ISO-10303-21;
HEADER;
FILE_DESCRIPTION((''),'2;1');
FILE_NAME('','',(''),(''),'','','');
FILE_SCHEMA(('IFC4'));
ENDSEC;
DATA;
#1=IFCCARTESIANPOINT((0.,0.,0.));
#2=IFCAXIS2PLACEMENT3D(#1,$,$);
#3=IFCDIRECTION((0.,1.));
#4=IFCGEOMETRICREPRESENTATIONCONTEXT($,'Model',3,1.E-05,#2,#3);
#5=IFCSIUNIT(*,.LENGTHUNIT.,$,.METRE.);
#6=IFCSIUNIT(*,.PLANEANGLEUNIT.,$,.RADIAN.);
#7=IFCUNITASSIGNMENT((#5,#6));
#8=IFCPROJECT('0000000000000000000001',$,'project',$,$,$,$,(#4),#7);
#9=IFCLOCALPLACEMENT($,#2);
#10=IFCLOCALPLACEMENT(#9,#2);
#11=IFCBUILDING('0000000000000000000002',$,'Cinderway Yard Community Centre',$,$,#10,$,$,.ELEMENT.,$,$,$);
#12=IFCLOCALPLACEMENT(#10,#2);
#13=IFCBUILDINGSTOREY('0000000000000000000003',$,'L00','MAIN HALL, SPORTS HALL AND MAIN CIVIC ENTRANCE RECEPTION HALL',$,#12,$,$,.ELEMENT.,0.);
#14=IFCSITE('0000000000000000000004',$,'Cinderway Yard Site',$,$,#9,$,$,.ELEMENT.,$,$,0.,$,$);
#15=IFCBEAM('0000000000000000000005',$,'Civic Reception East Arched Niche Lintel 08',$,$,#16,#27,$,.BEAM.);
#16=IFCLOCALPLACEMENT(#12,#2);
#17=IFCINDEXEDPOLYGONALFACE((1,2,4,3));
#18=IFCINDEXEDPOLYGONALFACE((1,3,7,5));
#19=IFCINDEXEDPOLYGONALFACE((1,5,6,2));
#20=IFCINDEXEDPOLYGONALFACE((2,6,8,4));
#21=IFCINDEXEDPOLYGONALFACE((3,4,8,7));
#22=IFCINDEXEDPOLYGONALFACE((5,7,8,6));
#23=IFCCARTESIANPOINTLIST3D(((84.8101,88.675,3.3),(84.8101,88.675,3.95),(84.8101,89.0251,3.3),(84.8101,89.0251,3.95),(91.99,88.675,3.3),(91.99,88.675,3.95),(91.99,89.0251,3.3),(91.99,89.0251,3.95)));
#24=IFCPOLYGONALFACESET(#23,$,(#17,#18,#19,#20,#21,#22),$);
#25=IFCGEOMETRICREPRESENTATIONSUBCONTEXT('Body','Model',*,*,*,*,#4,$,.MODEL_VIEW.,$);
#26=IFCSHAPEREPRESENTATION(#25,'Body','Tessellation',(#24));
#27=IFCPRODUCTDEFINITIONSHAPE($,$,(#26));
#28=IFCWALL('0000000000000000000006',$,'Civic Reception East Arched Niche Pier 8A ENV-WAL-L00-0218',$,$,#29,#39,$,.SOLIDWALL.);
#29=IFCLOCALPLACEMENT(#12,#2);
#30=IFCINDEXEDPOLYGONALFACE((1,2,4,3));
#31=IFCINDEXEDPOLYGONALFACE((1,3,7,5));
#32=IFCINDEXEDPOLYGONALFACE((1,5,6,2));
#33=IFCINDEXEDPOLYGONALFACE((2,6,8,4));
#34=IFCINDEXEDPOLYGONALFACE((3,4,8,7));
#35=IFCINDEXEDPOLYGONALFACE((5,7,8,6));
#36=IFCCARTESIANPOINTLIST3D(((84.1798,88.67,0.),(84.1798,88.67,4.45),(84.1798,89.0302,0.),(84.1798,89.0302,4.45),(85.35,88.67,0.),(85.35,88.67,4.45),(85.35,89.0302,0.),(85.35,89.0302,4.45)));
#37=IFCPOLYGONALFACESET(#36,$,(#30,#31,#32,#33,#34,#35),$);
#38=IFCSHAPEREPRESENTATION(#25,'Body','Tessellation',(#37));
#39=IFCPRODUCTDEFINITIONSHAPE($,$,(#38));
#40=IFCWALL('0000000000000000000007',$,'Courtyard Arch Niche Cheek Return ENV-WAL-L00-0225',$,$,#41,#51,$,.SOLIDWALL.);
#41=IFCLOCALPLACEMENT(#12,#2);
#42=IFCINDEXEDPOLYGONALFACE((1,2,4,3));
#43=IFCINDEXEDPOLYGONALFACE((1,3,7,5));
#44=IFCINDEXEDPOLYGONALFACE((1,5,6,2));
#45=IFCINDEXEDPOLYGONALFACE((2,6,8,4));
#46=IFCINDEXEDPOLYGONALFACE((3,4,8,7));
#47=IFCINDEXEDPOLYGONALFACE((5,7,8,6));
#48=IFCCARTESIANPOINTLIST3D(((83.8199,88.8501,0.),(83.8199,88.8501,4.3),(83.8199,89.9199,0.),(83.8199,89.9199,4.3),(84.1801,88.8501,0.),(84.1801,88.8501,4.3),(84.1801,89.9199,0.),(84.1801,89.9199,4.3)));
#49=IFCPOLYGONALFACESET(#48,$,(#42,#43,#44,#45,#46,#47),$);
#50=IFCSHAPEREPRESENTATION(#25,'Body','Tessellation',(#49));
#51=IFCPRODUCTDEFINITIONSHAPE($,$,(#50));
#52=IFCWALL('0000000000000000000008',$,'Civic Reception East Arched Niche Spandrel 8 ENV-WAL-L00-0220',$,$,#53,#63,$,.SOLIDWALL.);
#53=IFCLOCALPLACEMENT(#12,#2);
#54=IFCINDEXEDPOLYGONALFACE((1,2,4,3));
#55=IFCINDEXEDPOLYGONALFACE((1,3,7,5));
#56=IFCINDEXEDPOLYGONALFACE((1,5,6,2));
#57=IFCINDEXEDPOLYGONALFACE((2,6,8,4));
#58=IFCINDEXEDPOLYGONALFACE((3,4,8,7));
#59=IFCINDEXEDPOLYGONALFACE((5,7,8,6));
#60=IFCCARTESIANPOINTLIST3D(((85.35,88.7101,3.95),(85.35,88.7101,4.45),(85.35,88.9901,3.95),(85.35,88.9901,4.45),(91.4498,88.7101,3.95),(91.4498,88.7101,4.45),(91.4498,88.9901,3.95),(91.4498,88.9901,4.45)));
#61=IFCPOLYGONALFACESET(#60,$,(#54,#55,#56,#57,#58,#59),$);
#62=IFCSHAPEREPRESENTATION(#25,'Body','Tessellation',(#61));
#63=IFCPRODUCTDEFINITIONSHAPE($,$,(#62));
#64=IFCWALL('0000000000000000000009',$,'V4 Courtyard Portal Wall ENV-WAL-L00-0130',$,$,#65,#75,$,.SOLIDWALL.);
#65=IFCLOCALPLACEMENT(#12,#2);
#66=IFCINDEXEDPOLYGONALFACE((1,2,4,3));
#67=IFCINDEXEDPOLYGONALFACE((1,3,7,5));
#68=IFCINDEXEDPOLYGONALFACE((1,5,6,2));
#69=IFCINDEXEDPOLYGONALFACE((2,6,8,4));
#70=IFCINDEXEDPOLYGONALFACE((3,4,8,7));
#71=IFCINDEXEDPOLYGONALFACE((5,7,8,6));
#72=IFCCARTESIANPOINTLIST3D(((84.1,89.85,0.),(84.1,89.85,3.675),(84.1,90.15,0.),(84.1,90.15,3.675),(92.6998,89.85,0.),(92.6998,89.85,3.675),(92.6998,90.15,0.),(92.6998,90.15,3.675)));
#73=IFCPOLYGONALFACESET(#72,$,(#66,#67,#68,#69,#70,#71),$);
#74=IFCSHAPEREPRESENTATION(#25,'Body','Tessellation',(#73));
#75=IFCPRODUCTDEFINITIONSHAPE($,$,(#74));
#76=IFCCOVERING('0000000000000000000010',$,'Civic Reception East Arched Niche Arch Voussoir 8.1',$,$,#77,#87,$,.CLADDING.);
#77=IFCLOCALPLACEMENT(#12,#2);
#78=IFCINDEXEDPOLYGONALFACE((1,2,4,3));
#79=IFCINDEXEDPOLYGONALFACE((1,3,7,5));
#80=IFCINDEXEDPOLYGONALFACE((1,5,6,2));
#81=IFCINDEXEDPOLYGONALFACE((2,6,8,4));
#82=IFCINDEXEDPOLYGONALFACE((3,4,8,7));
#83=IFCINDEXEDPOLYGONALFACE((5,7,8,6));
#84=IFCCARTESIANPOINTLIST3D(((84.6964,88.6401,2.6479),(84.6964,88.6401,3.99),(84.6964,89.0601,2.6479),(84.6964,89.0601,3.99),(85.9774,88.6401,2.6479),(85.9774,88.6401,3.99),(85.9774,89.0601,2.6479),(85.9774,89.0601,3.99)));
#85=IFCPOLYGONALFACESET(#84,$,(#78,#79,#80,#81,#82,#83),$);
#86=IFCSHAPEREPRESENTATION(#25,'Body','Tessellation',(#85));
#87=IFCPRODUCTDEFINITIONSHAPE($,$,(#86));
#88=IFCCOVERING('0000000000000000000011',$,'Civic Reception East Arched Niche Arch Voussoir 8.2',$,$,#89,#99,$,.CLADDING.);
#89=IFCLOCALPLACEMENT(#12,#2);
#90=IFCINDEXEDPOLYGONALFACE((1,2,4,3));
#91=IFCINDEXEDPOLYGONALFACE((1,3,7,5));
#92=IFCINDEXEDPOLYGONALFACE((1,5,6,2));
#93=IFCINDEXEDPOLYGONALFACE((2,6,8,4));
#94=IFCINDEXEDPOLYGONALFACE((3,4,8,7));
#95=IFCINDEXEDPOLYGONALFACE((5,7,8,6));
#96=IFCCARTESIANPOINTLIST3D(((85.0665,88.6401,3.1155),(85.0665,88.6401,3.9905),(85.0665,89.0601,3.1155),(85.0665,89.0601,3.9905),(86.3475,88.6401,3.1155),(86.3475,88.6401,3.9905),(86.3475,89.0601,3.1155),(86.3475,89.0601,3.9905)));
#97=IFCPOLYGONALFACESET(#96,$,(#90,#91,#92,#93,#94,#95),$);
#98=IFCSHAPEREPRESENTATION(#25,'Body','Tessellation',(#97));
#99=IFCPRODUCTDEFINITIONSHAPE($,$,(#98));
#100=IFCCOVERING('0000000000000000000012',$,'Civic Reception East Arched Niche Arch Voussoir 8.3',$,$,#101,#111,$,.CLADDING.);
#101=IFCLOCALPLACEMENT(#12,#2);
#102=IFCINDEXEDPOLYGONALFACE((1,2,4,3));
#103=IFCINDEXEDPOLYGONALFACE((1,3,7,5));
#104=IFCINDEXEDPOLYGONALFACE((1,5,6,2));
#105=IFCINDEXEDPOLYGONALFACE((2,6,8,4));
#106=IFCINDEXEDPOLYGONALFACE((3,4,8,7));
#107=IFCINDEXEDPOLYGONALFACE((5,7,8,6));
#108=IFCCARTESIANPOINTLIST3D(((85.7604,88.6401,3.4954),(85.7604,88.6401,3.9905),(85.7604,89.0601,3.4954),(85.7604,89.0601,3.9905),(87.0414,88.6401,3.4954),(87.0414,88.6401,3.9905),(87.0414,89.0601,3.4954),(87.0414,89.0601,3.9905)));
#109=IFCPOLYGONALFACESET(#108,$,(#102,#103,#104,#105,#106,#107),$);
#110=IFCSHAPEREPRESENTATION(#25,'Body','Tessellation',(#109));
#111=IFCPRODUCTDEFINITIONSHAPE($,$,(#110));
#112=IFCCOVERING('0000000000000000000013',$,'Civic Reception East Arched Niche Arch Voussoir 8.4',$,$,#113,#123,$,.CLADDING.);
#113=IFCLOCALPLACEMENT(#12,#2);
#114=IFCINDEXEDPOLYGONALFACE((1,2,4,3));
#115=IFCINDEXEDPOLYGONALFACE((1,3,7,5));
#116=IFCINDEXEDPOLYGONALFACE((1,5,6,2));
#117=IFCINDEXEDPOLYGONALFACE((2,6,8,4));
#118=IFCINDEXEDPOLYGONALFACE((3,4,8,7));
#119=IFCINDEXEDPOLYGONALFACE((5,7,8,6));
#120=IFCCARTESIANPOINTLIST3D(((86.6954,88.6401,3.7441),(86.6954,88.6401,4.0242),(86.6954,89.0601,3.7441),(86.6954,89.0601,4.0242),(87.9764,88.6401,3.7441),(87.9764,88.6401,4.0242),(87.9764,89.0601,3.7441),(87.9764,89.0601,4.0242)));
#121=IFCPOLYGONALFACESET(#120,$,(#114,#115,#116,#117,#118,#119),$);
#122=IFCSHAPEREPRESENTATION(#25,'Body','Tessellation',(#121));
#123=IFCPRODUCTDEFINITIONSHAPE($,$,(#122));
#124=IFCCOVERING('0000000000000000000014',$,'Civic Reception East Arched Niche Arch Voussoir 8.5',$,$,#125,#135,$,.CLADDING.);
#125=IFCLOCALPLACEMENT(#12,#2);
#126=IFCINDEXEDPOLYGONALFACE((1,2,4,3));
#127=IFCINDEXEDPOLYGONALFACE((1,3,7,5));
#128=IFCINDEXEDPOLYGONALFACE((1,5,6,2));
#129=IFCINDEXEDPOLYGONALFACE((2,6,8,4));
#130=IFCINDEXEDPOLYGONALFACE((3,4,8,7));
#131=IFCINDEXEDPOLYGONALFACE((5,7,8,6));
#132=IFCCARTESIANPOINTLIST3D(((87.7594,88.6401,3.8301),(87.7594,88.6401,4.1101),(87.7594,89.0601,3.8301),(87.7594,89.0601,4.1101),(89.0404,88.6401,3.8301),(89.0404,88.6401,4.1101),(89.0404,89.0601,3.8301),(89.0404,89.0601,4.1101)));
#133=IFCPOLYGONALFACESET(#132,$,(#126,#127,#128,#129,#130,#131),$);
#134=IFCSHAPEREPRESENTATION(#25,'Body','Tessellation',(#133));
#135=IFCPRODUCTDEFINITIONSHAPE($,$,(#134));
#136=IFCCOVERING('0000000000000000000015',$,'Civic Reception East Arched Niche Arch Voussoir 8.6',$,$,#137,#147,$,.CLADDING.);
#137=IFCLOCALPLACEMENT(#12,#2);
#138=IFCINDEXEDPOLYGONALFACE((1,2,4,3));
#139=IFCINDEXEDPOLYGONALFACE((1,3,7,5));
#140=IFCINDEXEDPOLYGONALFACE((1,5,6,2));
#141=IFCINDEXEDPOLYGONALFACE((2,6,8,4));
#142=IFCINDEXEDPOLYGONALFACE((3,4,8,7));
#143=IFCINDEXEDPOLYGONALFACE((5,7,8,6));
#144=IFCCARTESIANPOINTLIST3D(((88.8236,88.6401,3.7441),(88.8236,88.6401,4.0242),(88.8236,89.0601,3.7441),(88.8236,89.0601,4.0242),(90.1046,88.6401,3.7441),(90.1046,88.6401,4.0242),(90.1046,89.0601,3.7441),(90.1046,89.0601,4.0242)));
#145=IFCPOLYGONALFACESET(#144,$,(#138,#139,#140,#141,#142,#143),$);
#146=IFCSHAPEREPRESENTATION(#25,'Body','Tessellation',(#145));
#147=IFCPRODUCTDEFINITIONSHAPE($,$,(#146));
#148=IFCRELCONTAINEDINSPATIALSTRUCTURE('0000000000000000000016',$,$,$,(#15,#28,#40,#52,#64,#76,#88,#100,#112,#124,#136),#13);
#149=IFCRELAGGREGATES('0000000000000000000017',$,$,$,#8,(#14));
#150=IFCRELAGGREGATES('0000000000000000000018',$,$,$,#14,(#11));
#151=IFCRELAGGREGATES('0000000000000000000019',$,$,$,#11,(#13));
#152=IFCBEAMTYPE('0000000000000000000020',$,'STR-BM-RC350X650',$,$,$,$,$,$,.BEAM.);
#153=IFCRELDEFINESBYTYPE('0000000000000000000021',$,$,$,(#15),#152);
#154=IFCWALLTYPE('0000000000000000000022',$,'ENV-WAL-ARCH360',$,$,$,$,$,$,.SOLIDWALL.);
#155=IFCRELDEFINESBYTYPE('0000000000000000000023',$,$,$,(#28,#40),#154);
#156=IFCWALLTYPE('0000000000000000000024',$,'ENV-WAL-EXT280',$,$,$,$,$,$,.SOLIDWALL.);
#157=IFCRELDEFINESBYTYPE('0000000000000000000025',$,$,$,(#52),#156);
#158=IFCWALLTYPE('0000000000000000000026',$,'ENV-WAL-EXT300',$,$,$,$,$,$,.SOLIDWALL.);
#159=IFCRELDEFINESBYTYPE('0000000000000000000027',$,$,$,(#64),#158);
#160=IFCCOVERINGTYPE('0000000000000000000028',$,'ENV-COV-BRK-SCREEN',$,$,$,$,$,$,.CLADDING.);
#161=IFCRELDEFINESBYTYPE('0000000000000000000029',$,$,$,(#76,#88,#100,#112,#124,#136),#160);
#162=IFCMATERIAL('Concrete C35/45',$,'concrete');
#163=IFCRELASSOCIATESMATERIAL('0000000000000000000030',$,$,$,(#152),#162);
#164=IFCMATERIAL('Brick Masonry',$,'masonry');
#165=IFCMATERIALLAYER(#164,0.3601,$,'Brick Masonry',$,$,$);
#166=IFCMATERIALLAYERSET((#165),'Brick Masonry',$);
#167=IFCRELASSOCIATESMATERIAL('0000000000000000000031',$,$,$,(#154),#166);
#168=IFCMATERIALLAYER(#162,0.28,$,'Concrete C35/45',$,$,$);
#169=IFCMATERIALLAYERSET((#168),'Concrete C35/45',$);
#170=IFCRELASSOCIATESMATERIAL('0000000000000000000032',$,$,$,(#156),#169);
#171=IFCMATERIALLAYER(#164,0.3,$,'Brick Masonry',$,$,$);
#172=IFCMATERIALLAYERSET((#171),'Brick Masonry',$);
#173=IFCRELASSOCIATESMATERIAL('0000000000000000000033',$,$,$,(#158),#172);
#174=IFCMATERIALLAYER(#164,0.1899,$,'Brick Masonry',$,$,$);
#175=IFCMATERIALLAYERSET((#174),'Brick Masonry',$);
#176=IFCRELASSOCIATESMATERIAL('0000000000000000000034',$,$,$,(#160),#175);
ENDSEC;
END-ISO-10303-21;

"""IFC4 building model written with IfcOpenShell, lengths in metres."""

from ifc_helpers import new_model, si_unit, direction, frame, frame_2d, origin, origin_2d, place, context, subcontext, project, spatial, rectangle, extrude, material, layer, layer_set, material_profile, profile_set, type_object, element, save


model = new_model("IFC4")

# Units and contexts
model_context = context("Model", 3, precision=1e-05, world=origin(), true_north=direction((0.0, 1.0)))
body_context = subcontext(model_context, "Body", "Model", "MODEL_VIEW")
ifc_project = project(units=[si_unit("LENGTHUNIT", "METRE"), si_unit("PLANEANGLEUNIT", "RADIAN")], contexts=[model_context])

# Site, building, storey
site_placement = place(None, origin())
site = spatial("IfcSite", under=ifc_project, at=site_placement, Name="Cinderway Yard Site", CompositionType="ELEMENT", RefElevation=0.0)
building_placement = place(site_placement, origin())
building = spatial("IfcBuilding", under=site, at=building_placement, Name="Cinderway Yard Community Centre", CompositionType="ELEMENT")
storey_placement = place(building_placement, origin())
storey = spatial("IfcBuildingStorey", under=building, at=storey_placement, Name="L00", Description="MAIN HALL, SPORTS HALL AND MAIN CIVIC ENTRANCE RECEPTION HALL", CompositionType="ELEMENT", Elevation=0.0)

# Beam
ifc_material_1 = material(Name="Concrete C35/45", Category="concrete")
ifc_material_profile_1 = material_profile(ifc_material_1, rectangle(XDim=0.3501, YDim=0.6499, at=origin_2d()), Name="Concrete C35/45")
ifc_profile_set_1 = profile_set([ifc_material_profile_1], Name="Concrete C35/45")
beam_type = type_object("IfcBeamType", Name="STR-BM-RC350X650", PredefinedType="BEAM", material=ifc_profile_set_1)
beam_placement = place(storey_placement, frame((84.8101, 88.8501, 3.625), z_axis=(1.0, 0.0, 0.0), x_axis=(0.0, 1.0, 0.0)))
element("IfcBeam", 1, at=beam_placement, inside=storey, type_object=beam_type, Name="Civic Reception East Arched Niche Lintel 08", PredefinedType="BEAM", context=body_context, shape_type="SweptSolid", body=[
    extrude(rectangle(XDim=0.3501, YDim=0.6499, at=origin_2d()), origin(), (0.0, 0.0, 1.0), 7.1799),
])

# Walls
ifc_material_2 = material(Name="Brick Masonry", Category="masonry")
ifc_layer_1 = layer(ifc_material_2, 0.3601, Name="Brick Masonry")
ifc_layer_set_1 = layer_set([ifc_layer_1], Name="Brick Masonry")
wall_type_1 = type_object("IfcWallType", Name="ENV-WAL-ARCH360", PredefinedType="SOLIDWALL", material=ifc_layer_set_1)
wall_1_placement = place(storey_placement, frame((84.1799, 88.8501, 0.0), z_axis=(0.0, 0.0, 1.0), x_axis=(1.0, 0.0, 0.0)))
element("IfcWall", 2, at=wall_1_placement, inside=storey, type_object=wall_type_1, Name="Civic Reception East Arched Niche Pier 8A ENV-WAL-L00-0218", PredefinedType="SOLIDWALL", context=body_context, shape_type="SweptSolid", body=[
    extrude(rectangle(XDim=1.1702, YDim=0.3601, at=frame_2d((0.585, 0.0))), origin(), (0.0, 0.0, 1.0), 4.45),
])
wall_2_placement = place(storey_placement, frame((84.0, 88.8501, 0.0), z_axis=(0.0, 0.0, 1.0), x_axis=(0.0, 1.0, 0.0)))
element("IfcWall", 3, at=wall_2_placement, inside=storey, type_object=wall_type_1, Name="Courtyard Arch Niche Cheek Return ENV-WAL-L00-0225", PredefinedType="SOLIDWALL", context=body_context, shape_type="SweptSolid", body=[
    extrude(rectangle(XDim=1.0698, YDim=0.3601, at=frame_2d((0.5349, 0.0))), origin(), (0.0, 0.0, 1.0), 4.3),
])
ifc_layer_2 = layer(ifc_material_1, 0.28, Name="Concrete C35/45")
ifc_layer_set_2 = layer_set([ifc_layer_2], Name="Concrete C35/45")
wall_type_2 = type_object("IfcWallType", Name="ENV-WAL-EXT280", PredefinedType="SOLIDWALL", material=ifc_layer_set_2)
wall_3_placement = place(storey_placement, frame((85.3501, 88.8501, 3.95), z_axis=(0.0, 0.0, 1.0), x_axis=(1.0, 0.0, 0.0)))
element("IfcWall", 4, at=wall_3_placement, inside=storey, type_object=wall_type_2, Name="Civic Reception East Arched Niche Spandrel 8 ENV-WAL-L00-0220", PredefinedType="SOLIDWALL", context=body_context, shape_type="SweptSolid", body=[
    extrude(rectangle(XDim=6.0999, YDim=0.28, at=frame_2d((3.0498, 0.0))), origin(), (0.0, 0.0, 1.0), 0.5),
])
ifc_layer_3 = layer(ifc_material_2, 0.3, Name="Brick Masonry")
ifc_layer_set_3 = layer_set([ifc_layer_3], Name="Brick Masonry")
wall_type_3 = type_object("IfcWallType", Name="ENV-WAL-EXT300", PredefinedType="SOLIDWALL", material=ifc_layer_set_3)
wall_4_placement = place(storey_placement, frame((84.1001, 90.0, 0.0), z_axis=(0.0, 0.0, 1.0), x_axis=(1.0, 0.0, 0.0)))
element("IfcWall", 5, at=wall_4_placement, inside=storey, type_object=wall_type_3, Name="V4 Courtyard Portal Wall ENV-WAL-L00-0130", PredefinedType="SOLIDWALL", context=body_context, shape_type="SweptSolid", body=[
    extrude(rectangle(XDim=8.5999, YDim=0.3, at=frame_2d((4.2998, 0.0))), origin(), (0.0, 0.0, 1.0), 3.675),
])

# Coverings
ifc_layer_4 = layer(ifc_material_2, 0.1899, Name="Brick Masonry")
ifc_layer_set_4 = layer_set([ifc_layer_4], Name="Brick Masonry")
covering_type = type_object("IfcCoveringType", Name="ENV-COV-BRK-SCREEN", PredefinedType="CLADDING", material=ifc_layer_set_4)
covering_1_placement = place(storey_placement, frame((85.3369, 88.8501, 2.6479), z_axis=(0.0, 0.0, 1.0), x_axis=(1.0, 0.0, 0.0)))
element("IfcCovering", 6, at=covering_1_placement, inside=storey, type_object=covering_type, Name="Civic Reception East Arched Niche Arch Voussoir 8.1", PredefinedType="CLADDING", context=body_context, shape_type="SweptSolid", body=[
    extrude(rectangle(XDim=1.281, YDim=0.4199, at=origin_2d()), origin(), (0.0, 0.0, 1.0), 1.342),
])
covering_2_placement = place(storey_placement, frame((85.707, 88.8501, 3.1155), z_axis=(0.0, 0.0, 1.0), x_axis=(1.0, 0.0, 0.0)))
element("IfcCovering", 7, at=covering_2_placement, inside=storey, type_object=covering_type, Name="Civic Reception East Arched Niche Arch Voussoir 8.2", PredefinedType="CLADDING", context=body_context, shape_type="SweptSolid", body=[
    extrude(rectangle(XDim=1.281, YDim=0.4199, at=origin_2d()), origin(), (0.0, 0.0, 1.0), 0.875),
])
covering_3_placement = place(storey_placement, frame((86.4009, 88.8501, 3.4954), z_axis=(0.0, 0.0, 1.0), x_axis=(1.0, 0.0, 0.0)))
element("IfcCovering", 8, at=covering_3_placement, inside=storey, type_object=covering_type, Name="Civic Reception East Arched Niche Arch Voussoir 8.3", PredefinedType="CLADDING", context=body_context, shape_type="SweptSolid", body=[
    extrude(rectangle(XDim=1.281, YDim=0.4199, at=origin_2d()), origin(), (0.0, 0.0, 1.0), 0.4951),
])
for number, where, z_axis, x_axis, name in (
    (9, (87.3359, 88.8501, 3.7441), (0.0, 0.0, 1.0), (1.0, 0.0, 0.0), "Civic Reception East Arched Niche Arch Voussoir 8.4"),
    (10, (88.3999, 88.8501, 3.8301), (0.0, 0.0, 1.0), (1.0, 0.0, 0.0), "Civic Reception East Arched Niche Arch Voussoir 8.5"),
    (11, (89.4641, 88.8501, 3.7441), (0.0, 0.0, 1.0), (1.0, 0.0, 0.0), "Civic Reception East Arched Niche Arch Voussoir 8.6"),
):
    element("IfcCovering", number, at=place(storey_placement, frame(where, z_axis=z_axis, x_axis=x_axis)), inside=storey, type_object=covering_type, Name=name, PredefinedType="CLADDING", context=body_context, shape_type="SweptSolid", body=[
        extrude(rectangle(XDim=1.281, YDim=0.4199, at=origin_2d()), origin(), (0.0, 0.0, 1.0), 0.28),
    ])

save(model, "model.ifc")
